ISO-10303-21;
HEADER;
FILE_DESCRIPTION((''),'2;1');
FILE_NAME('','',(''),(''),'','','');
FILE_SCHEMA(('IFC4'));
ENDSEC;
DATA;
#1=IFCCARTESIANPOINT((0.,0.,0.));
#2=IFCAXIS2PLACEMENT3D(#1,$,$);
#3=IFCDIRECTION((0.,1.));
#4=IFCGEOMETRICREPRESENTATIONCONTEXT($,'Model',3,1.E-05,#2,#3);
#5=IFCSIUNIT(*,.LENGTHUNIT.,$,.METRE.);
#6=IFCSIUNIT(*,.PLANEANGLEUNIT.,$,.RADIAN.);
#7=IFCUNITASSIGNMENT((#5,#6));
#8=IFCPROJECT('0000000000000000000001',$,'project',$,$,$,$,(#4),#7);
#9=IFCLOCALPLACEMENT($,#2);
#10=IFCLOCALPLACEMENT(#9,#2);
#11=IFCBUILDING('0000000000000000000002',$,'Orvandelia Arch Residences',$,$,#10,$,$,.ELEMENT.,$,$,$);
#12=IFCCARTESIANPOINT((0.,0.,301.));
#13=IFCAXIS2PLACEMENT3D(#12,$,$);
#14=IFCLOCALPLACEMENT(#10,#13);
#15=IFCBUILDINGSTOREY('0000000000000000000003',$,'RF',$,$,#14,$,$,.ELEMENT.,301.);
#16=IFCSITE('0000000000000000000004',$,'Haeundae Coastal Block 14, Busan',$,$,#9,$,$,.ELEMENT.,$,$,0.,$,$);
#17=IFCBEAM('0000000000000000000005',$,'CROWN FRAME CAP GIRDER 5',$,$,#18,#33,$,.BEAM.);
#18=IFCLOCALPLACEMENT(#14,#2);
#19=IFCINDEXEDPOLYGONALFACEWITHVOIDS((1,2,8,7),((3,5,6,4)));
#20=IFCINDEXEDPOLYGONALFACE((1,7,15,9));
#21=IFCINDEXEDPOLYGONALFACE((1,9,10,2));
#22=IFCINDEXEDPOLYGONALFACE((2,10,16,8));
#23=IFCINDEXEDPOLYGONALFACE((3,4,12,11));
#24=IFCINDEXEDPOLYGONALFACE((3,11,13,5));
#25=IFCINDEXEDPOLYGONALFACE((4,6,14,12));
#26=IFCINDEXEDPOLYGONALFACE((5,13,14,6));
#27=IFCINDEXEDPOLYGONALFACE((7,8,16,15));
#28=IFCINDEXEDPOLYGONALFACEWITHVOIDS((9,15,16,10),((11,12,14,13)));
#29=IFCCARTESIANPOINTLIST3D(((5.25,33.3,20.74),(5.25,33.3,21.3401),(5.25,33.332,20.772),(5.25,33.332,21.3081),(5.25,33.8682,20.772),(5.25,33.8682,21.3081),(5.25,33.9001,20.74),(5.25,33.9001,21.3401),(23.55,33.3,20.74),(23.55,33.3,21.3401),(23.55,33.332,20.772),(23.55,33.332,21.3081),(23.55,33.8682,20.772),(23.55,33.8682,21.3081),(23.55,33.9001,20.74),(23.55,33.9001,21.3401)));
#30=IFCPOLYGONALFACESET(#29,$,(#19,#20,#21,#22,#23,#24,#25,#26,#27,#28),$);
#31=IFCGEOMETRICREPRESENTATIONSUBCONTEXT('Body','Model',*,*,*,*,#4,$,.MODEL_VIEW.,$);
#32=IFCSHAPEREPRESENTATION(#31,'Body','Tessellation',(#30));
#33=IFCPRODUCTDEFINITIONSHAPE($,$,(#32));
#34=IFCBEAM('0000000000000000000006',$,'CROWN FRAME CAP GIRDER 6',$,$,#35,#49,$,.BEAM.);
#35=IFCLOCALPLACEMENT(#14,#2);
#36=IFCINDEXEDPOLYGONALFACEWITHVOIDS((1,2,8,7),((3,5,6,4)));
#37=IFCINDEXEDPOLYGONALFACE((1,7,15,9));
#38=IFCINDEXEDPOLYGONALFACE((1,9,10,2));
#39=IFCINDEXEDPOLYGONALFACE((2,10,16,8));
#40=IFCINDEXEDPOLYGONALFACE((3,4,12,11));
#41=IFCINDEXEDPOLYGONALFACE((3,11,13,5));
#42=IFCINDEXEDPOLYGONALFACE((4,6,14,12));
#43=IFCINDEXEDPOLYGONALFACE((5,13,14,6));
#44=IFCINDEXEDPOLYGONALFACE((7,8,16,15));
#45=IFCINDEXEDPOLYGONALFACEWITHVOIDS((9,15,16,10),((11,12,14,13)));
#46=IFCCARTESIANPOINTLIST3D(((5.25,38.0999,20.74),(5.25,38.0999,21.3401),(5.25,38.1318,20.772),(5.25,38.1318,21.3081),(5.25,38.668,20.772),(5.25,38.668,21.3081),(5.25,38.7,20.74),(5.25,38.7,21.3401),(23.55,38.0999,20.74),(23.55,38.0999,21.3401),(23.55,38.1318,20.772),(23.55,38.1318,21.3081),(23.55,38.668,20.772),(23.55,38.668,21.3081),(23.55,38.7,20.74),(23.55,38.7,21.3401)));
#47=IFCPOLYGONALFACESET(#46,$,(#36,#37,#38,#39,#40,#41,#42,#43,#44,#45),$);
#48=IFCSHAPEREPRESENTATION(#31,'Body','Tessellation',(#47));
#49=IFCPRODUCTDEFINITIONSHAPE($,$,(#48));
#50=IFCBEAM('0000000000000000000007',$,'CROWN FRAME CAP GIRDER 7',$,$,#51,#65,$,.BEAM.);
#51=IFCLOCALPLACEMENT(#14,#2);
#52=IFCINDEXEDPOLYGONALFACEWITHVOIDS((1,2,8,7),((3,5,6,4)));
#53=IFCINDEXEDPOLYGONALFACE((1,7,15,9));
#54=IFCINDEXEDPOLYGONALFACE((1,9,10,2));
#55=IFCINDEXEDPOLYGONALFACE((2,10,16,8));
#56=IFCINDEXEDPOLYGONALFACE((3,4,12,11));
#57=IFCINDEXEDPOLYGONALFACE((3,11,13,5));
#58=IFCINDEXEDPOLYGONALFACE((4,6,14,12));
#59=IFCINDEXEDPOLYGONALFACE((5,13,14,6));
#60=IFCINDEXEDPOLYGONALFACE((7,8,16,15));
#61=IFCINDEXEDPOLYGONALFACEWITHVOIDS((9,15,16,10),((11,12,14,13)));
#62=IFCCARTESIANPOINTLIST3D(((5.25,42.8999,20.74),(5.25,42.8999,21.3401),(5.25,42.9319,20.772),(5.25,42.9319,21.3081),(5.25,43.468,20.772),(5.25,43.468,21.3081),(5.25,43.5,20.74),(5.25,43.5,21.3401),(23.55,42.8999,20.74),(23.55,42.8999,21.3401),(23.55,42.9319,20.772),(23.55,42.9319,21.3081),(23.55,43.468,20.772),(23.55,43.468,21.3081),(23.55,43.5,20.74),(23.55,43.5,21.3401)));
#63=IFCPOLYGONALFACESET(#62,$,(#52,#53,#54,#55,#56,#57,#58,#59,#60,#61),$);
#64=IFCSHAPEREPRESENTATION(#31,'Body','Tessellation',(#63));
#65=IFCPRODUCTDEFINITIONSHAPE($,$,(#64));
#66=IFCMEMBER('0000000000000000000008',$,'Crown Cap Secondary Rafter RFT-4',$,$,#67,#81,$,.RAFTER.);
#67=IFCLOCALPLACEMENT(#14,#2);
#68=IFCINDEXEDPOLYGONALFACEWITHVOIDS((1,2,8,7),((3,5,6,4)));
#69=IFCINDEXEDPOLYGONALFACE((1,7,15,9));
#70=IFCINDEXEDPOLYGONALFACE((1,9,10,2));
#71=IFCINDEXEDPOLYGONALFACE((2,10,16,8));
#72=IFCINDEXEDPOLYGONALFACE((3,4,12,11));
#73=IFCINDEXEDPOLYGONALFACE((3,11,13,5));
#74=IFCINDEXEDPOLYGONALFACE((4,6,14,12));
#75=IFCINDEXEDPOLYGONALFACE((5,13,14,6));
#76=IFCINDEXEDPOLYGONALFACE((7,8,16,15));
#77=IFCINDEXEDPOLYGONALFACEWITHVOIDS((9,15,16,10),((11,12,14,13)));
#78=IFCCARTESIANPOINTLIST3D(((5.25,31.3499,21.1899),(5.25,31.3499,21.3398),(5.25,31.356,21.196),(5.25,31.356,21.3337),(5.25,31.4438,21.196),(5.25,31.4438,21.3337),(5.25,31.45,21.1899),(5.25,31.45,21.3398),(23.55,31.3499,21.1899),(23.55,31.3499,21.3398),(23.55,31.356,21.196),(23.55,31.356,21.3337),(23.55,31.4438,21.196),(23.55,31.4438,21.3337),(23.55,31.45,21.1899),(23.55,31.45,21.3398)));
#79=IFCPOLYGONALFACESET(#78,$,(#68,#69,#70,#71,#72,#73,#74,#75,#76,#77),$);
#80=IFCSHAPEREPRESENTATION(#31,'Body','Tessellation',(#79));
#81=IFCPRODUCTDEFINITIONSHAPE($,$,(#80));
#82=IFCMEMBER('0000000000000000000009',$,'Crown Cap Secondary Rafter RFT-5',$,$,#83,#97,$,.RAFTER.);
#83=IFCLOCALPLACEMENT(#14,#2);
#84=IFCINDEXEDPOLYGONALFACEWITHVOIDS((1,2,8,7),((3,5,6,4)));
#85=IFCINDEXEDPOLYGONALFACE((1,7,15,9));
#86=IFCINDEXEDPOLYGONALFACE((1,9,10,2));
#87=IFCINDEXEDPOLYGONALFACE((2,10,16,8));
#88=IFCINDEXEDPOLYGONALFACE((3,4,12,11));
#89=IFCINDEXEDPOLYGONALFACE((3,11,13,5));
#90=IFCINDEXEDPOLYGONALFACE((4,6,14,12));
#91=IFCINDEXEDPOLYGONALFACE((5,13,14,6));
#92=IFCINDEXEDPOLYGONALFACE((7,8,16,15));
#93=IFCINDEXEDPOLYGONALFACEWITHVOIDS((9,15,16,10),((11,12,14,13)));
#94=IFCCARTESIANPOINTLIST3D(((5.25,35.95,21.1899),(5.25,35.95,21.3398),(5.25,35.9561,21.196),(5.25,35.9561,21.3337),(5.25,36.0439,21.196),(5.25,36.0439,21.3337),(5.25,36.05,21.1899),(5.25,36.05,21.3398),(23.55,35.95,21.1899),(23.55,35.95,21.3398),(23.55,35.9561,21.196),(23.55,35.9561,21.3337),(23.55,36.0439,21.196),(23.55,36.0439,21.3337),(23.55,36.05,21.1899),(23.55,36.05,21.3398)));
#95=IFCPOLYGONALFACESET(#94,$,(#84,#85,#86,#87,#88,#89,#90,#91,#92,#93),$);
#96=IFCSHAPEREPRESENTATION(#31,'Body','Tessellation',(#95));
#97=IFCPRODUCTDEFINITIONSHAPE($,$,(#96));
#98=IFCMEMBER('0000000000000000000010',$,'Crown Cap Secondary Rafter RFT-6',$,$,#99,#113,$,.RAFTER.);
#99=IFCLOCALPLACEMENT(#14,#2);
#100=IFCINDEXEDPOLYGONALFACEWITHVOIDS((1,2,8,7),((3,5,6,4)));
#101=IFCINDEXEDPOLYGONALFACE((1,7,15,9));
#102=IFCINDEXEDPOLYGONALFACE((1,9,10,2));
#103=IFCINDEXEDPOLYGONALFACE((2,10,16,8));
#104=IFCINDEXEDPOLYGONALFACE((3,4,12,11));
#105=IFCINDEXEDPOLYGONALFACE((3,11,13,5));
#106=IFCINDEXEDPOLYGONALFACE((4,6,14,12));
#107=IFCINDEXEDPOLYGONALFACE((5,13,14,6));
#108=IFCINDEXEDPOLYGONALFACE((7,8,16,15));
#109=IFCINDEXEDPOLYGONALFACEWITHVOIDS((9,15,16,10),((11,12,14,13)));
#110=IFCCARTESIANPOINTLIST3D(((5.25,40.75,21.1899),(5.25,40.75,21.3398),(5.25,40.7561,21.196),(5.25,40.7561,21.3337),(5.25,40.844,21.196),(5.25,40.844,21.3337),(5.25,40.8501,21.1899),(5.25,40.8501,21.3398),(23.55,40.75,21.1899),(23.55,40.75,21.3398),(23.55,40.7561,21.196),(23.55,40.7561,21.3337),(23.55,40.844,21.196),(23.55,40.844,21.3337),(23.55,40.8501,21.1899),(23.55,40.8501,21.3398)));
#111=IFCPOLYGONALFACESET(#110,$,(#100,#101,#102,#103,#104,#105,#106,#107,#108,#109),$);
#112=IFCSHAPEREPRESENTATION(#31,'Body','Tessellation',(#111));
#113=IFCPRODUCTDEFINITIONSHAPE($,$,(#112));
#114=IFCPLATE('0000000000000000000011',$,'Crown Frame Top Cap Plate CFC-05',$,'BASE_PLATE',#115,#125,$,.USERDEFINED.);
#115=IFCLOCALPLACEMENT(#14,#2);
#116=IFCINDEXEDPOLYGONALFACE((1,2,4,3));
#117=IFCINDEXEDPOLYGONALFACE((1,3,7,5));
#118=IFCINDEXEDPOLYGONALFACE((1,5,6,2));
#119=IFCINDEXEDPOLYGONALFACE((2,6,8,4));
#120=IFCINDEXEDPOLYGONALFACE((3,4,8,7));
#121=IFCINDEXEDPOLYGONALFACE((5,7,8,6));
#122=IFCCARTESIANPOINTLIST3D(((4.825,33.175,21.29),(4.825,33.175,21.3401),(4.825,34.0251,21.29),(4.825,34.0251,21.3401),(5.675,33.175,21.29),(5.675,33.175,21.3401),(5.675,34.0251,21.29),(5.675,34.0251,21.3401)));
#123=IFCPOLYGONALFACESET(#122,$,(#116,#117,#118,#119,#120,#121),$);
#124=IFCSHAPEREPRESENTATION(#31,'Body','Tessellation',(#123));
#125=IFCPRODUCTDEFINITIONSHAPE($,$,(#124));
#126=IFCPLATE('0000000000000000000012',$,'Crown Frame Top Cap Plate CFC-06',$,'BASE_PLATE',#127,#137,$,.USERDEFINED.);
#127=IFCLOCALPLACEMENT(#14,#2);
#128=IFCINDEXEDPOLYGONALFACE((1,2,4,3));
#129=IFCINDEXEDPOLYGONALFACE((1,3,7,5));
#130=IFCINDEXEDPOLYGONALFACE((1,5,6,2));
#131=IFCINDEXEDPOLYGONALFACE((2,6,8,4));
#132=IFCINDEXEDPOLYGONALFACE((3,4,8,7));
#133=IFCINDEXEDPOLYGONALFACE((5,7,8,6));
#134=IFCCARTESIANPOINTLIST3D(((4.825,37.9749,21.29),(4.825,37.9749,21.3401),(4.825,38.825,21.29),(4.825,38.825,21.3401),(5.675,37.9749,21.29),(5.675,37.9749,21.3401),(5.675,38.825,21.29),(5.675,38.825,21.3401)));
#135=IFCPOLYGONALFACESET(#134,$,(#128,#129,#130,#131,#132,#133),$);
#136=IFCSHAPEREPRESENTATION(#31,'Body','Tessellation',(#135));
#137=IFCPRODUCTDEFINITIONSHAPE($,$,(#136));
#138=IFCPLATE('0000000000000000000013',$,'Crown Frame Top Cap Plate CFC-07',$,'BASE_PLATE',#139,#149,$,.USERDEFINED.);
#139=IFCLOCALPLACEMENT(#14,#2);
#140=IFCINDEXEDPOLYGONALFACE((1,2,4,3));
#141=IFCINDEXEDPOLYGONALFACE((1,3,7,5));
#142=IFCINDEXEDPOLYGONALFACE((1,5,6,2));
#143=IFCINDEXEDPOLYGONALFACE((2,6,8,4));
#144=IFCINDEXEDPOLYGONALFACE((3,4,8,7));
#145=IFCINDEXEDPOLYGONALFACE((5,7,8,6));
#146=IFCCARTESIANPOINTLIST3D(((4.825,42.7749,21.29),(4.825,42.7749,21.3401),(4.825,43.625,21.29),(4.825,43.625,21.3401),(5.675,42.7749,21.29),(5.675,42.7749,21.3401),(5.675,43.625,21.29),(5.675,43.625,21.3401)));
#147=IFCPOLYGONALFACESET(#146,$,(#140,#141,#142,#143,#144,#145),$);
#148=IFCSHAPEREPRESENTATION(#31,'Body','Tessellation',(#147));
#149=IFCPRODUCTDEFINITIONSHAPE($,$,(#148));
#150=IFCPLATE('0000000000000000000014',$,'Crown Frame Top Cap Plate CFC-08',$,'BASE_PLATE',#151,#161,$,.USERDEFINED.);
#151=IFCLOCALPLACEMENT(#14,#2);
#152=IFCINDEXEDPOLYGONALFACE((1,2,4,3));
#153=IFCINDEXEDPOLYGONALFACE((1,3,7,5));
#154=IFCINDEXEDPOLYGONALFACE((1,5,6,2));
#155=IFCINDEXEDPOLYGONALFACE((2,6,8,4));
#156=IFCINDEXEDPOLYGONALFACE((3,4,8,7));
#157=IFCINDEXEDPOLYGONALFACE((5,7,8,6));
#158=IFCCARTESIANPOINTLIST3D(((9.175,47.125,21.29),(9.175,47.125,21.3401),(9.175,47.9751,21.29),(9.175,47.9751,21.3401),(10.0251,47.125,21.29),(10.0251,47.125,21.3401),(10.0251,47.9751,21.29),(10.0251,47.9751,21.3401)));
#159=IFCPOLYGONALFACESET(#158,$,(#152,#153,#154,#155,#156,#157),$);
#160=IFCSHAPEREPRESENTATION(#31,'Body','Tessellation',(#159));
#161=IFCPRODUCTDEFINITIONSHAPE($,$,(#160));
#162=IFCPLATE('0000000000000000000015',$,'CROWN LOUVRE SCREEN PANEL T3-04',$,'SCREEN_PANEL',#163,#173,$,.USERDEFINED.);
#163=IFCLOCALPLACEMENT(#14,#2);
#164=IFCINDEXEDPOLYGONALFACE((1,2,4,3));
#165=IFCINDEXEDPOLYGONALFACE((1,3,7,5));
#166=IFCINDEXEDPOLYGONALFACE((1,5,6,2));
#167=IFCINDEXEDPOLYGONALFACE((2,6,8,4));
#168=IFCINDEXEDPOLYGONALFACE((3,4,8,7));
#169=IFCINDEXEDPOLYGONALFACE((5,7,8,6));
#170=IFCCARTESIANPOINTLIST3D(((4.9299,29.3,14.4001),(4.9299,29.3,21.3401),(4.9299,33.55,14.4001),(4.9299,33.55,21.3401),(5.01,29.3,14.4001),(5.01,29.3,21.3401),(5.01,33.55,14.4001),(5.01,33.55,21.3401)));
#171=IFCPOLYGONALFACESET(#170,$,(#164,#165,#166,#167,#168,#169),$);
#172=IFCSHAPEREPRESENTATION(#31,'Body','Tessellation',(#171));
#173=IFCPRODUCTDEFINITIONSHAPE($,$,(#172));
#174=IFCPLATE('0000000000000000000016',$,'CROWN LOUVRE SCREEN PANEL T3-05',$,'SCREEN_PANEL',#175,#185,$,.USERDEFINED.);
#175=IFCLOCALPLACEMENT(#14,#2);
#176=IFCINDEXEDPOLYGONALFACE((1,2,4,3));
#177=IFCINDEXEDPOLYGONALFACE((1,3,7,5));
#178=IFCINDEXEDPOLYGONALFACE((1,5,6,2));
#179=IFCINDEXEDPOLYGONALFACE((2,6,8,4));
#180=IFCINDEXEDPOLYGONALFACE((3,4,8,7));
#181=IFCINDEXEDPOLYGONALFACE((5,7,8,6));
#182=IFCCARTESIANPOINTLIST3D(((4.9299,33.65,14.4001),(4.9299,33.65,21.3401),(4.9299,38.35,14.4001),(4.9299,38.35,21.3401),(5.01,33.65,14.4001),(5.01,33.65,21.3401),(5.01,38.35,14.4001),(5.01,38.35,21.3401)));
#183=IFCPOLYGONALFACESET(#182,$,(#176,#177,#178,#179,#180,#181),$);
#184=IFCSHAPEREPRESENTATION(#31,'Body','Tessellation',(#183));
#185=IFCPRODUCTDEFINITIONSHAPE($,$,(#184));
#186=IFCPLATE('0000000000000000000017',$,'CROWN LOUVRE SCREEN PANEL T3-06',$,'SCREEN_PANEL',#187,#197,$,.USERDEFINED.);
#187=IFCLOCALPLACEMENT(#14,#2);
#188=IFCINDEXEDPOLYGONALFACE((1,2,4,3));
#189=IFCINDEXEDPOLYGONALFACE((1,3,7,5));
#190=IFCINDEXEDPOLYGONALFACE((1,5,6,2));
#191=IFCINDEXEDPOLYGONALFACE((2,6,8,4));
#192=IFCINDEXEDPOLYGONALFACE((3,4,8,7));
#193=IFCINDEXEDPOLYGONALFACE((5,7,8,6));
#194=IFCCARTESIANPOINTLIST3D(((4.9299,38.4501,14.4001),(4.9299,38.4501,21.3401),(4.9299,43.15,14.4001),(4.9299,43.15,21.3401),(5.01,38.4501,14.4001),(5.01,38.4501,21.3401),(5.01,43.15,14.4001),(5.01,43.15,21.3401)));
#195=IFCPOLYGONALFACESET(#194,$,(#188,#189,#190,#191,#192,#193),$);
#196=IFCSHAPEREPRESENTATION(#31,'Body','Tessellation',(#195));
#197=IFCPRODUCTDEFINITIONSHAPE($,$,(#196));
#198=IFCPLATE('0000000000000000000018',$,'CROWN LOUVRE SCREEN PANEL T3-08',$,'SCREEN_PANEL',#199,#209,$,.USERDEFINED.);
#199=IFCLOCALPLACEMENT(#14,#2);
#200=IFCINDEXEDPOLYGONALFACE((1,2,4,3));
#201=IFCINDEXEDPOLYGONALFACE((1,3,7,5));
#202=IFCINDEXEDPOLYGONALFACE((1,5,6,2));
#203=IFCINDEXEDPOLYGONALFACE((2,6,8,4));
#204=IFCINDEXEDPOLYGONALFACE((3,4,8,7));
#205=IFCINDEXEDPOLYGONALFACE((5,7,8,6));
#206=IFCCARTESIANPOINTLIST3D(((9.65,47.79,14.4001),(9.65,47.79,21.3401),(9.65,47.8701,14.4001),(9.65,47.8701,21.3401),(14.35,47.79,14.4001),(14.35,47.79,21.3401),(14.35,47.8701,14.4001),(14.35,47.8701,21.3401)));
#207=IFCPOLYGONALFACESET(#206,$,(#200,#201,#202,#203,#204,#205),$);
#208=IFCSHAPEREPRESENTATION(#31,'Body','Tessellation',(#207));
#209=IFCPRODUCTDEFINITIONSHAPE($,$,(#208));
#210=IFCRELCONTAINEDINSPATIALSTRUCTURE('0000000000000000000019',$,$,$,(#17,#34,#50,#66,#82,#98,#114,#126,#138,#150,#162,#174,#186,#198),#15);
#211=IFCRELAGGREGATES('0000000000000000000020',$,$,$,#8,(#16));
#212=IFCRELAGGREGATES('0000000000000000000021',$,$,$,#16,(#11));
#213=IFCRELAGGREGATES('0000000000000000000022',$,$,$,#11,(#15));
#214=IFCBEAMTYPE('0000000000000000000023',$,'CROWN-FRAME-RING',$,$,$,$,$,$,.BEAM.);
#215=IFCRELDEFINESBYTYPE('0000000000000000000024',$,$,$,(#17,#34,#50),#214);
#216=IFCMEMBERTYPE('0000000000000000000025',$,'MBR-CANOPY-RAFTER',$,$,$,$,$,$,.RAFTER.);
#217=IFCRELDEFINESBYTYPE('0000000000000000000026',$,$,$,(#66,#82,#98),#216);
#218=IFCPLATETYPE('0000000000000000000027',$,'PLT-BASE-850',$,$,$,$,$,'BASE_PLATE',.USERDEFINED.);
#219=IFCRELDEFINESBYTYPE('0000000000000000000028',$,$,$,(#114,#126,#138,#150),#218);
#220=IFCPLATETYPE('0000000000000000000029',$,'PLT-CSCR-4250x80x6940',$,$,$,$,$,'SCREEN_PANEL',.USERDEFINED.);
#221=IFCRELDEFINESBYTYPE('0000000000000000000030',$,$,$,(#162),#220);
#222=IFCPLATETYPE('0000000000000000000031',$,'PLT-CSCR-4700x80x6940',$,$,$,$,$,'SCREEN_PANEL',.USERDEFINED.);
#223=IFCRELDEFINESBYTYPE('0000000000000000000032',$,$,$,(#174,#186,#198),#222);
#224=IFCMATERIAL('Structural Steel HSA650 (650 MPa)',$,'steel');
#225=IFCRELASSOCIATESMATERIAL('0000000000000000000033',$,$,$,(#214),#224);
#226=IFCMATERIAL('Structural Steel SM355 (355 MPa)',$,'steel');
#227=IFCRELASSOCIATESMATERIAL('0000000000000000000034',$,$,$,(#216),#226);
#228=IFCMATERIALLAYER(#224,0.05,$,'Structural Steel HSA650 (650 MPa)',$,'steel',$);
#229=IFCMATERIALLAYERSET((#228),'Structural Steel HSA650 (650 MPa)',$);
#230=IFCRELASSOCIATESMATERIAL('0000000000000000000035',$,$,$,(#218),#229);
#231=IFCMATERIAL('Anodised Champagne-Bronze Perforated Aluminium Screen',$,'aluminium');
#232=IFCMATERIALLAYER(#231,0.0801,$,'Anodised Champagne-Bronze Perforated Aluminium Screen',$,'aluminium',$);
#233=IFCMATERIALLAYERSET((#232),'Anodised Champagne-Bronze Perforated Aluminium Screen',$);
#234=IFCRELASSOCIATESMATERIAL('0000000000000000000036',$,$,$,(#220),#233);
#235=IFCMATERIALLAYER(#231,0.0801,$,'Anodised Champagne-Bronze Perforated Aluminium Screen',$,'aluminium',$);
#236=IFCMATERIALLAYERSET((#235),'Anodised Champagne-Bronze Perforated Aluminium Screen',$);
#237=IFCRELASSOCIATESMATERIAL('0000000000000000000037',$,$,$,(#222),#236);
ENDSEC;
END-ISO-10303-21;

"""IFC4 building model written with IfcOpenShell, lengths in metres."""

from ifc_helpers import new_model, si_unit, direction, frame, origin, origin_2d, place, context, subcontext, project, spatial, rectangle, hollow_rectangle, extrude, material, layer, layer_set, material_profile, profile_set, type_object, element, save


model = new_model("IFC4")

# Units and contexts
model_context = context("Model", 3, precision=1e-05, world=origin(), true_north=direction((0.0, 1.0)))
body_context = subcontext(model_context, "Body", "Model", "MODEL_VIEW")
ifc_project = project(units=[si_unit("LENGTHUNIT", "METRE"), si_unit("PLANEANGLEUNIT", "RADIAN")], contexts=[model_context])

# Site, building, storey
site_placement = place(None, origin())
site = spatial("IfcSite", under=ifc_project, at=site_placement, Name="Haeundae Coastal Block 14, Busan", CompositionType="ELEMENT", RefElevation=0.0)
building_placement = place(site_placement, origin())
building = spatial("IfcBuilding", under=site, at=building_placement, Name="Orvandelia Arch Residences", CompositionType="ELEMENT")
storey_placement = place(building_placement, frame((0.0, 0.0, 301.0)))
storey = spatial("IfcBuildingStorey", under=building, at=storey_placement, Name="RF", CompositionType="ELEMENT", Elevation=301.0)

# Beams
ifc_material_1 = material(Name="Structural Steel HSA650 (650 MPa)", Category="steel")
ifc_material_profile_1 = material_profile(ifc_material_1, hollow_rectangle(XDim=0.6001, YDim=0.6001, WallThickness=0.032, at=origin_2d()), Name="Structural Steel HSA650 (650 MPa)", Category="steel")
ifc_profile_set_1 = profile_set([ifc_material_profile_1], Name="Structural Steel HSA650 (650 MPa)")
beam_type = type_object("IfcBeamType", Name="CROWN-FRAME-RING", PredefinedType="BEAM", material=ifc_profile_set_1)
for number, where, z_axis, x_axis, name in (
    (1, (5.25, 33.6001, 21.04), (1.0, 0.0, 0.0), (0.0, 1.0, 0.0), "CROWN FRAME CAP GIRDER 5"),
    (2, (5.25, 38.3999, 21.04), (1.0, 0.0, 0.0), (0.0, 1.0, 0.0), "CROWN FRAME CAP GIRDER 6"),
    (3, (5.25, 43.2, 21.04), (1.0, 0.0, 0.0), (0.0, 1.0, 0.0), "CROWN FRAME CAP GIRDER 7"),
):
    element("IfcBeam", number, at=place(storey_placement, frame(where, z_axis=z_axis, x_axis=x_axis)), inside=storey, type_object=beam_type, Name=name, PredefinedType="BEAM", context=body_context, shape_type="SweptSolid", body=[
        extrude(hollow_rectangle(XDim=0.6001, YDim=0.6001, WallThickness=0.032, at=origin_2d()), origin(), (0.0, 0.0, 1.0), 18.3),
    ])

# Members
ifc_material_2 = material(Name="Structural Steel SM355 (355 MPa)", Category="steel")
ifc_material_profile_2 = material_profile(ifc_material_2, hollow_rectangle(XDim=0.1001, YDim=0.1499, WallThickness=0.0061, at=origin_2d()), Name="Structural Steel SM355 (355 MPa)", Category="steel")
ifc_profile_set_2 = profile_set([ifc_material_profile_2], Name="Structural Steel SM355 (355 MPa)")
member_type = type_object("IfcMemberType", Name="MBR-CANOPY-RAFTER", PredefinedType="RAFTER", material=ifc_profile_set_2)
for number, where, z_axis, x_axis, name in (
    (4, (5.25, 31.3999, 21.2649), (1.0, 0.0, 0.0), (0.0, 1.0, 0.0), "Crown Cap Secondary Rafter RFT-4"),
    (5, (5.25, 36.0, 21.2649), (1.0, 0.0, 0.0), (0.0, 1.0, 0.0), "Crown Cap Secondary Rafter RFT-5"),
    (6, (5.25, 40.8, 21.2649), (1.0, 0.0, 0.0), (0.0, 1.0, 0.0), "Crown Cap Secondary Rafter RFT-6"),
):
    element("IfcMember", number, at=place(storey_placement, frame(where, z_axis=z_axis, x_axis=x_axis)), inside=storey, type_object=member_type, Name=name, PredefinedType="RAFTER", context=body_context, shape_type="SweptSolid", body=[
        extrude(hollow_rectangle(XDim=0.1001, YDim=0.1499, WallThickness=0.0061, at=origin_2d()), origin(), (0.0, 0.0, 1.0), 18.3),
    ])

# Plates
ifc_layer_1 = layer(ifc_material_1, 0.05, Name="Structural Steel HSA650 (650 MPa)", Category="steel")
ifc_layer_set_1 = layer_set([ifc_layer_1], Name="Structural Steel HSA650 (650 MPa)")
plate_type_1 = type_object("IfcPlateType", Name="PLT-BASE-850", ElementType="BASE_PLATE", PredefinedType="USERDEFINED", material=ifc_layer_set_1)
for number, where, z_axis, x_axis, name in (
    (7, (5.25, 33.6001, 21.29), (0.0, 0.0, 1.0), (1.0, 0.0, 0.0), "Crown Frame Top Cap Plate CFC-05"),
    (8, (5.25, 38.3999, 21.29), (0.0, 0.0, 1.0), (1.0, 0.0, 0.0), "Crown Frame Top Cap Plate CFC-06"),
    (9, (5.25, 43.2, 21.29), (0.0, 0.0, 1.0), (1.0, 0.0, 0.0), "Crown Frame Top Cap Plate CFC-07"),
    (10, (9.6001, 47.55, 21.29), (0.0, 0.0, 1.0), (1.0, 0.0, 0.0), "Crown Frame Top Cap Plate CFC-08"),
):
    element("IfcPlate", number, at=place(storey_placement, frame(where, z_axis=z_axis, x_axis=x_axis)), inside=storey, type_object=plate_type_1, Name=name, ObjectType="BASE_PLATE", PredefinedType="USERDEFINED", context=body_context, shape_type="SweptSolid", body=[
        extrude(rectangle(XDim=0.8501, YDim=0.8501, at=origin_2d()), origin(), (0.0, 0.0, 1.0), 0.05),
    ])
ifc_material_3 = material(Name="Anodised Champagne-Bronze Perforated Aluminium Screen", Category="aluminium")
ifc_layer_2 = layer(ifc_material_3, 0.0801, Name="Anodised Champagne-Bronze Perforated Aluminium Screen", Category="aluminium")
ifc_layer_set_2 = layer_set([ifc_layer_2], Name="Anodised Champagne-Bronze Perforated Aluminium Screen")
plate_type_2 = type_object("IfcPlateType", Name="PLT-CSCR-4250x80x6940", ElementType="SCREEN_PANEL", PredefinedType="USERDEFINED", material=ifc_layer_set_2)
plate_1_placement = place(storey_placement, frame((4.97, 31.425, 14.4001), z_axis=(0.0, 0.0, 1.0), x_axis=(0.0, 1.0, 0.0)))
element("IfcPlate", 11, at=plate_1_placement, inside=storey, type_object=plate_type_2, Name="CROWN LOUVRE SCREEN PANEL T3-04", ObjectType="SCREEN_PANEL", PredefinedType="USERDEFINED", context=body_context, shape_type="SweptSolid", body=[
    extrude(rectangle(XDim=4.25, YDim=0.0801, at=origin_2d()), origin(), (0.0, 0.0, 1.0), 6.9399),
])
ifc_layer_3 = layer(ifc_material_3, 0.0801, Name="Anodised Champagne-Bronze Perforated Aluminium Screen", Category="aluminium")
ifc_layer_set_3 = layer_set([ifc_layer_3], Name="Anodised Champagne-Bronze Perforated Aluminium Screen")
plate_type_3 = type_object("IfcPlateType", Name="PLT-CSCR-4700x80x6940", ElementType="SCREEN_PANEL", PredefinedType="USERDEFINED", material=ifc_layer_set_3)
for number, where, z_axis, x_axis, name in (
    (12, (4.97, 36.0, 14.4001), (0.0, 0.0, 1.0), (0.0, 1.0, 0.0), "CROWN LOUVRE SCREEN PANEL T3-05"),
    (13, (4.97, 40.8, 14.4001), (0.0, 0.0, 1.0), (0.0, 1.0, 0.0), "CROWN LOUVRE SCREEN PANEL T3-06"),
    (14, (12.0, 47.8301, 14.4001), (0.0, 0.0, 1.0), (1.0, 0.0, 0.0), "CROWN LOUVRE SCREEN PANEL T3-08"),
):
    element("IfcPlate", number, at=place(storey_placement, frame(where, z_axis=z_axis, x_axis=x_axis)), inside=storey, type_object=plate_type_3, Name=name, ObjectType="SCREEN_PANEL", PredefinedType="USERDEFINED", context=body_context, shape_type="SweptSolid", body=[
        extrude(rectangle(XDim=4.7, YDim=0.0801, at=origin_2d()), origin(), (0.0, 0.0, 1.0), 6.9399),
    ])

save(model, "model.ifc")
